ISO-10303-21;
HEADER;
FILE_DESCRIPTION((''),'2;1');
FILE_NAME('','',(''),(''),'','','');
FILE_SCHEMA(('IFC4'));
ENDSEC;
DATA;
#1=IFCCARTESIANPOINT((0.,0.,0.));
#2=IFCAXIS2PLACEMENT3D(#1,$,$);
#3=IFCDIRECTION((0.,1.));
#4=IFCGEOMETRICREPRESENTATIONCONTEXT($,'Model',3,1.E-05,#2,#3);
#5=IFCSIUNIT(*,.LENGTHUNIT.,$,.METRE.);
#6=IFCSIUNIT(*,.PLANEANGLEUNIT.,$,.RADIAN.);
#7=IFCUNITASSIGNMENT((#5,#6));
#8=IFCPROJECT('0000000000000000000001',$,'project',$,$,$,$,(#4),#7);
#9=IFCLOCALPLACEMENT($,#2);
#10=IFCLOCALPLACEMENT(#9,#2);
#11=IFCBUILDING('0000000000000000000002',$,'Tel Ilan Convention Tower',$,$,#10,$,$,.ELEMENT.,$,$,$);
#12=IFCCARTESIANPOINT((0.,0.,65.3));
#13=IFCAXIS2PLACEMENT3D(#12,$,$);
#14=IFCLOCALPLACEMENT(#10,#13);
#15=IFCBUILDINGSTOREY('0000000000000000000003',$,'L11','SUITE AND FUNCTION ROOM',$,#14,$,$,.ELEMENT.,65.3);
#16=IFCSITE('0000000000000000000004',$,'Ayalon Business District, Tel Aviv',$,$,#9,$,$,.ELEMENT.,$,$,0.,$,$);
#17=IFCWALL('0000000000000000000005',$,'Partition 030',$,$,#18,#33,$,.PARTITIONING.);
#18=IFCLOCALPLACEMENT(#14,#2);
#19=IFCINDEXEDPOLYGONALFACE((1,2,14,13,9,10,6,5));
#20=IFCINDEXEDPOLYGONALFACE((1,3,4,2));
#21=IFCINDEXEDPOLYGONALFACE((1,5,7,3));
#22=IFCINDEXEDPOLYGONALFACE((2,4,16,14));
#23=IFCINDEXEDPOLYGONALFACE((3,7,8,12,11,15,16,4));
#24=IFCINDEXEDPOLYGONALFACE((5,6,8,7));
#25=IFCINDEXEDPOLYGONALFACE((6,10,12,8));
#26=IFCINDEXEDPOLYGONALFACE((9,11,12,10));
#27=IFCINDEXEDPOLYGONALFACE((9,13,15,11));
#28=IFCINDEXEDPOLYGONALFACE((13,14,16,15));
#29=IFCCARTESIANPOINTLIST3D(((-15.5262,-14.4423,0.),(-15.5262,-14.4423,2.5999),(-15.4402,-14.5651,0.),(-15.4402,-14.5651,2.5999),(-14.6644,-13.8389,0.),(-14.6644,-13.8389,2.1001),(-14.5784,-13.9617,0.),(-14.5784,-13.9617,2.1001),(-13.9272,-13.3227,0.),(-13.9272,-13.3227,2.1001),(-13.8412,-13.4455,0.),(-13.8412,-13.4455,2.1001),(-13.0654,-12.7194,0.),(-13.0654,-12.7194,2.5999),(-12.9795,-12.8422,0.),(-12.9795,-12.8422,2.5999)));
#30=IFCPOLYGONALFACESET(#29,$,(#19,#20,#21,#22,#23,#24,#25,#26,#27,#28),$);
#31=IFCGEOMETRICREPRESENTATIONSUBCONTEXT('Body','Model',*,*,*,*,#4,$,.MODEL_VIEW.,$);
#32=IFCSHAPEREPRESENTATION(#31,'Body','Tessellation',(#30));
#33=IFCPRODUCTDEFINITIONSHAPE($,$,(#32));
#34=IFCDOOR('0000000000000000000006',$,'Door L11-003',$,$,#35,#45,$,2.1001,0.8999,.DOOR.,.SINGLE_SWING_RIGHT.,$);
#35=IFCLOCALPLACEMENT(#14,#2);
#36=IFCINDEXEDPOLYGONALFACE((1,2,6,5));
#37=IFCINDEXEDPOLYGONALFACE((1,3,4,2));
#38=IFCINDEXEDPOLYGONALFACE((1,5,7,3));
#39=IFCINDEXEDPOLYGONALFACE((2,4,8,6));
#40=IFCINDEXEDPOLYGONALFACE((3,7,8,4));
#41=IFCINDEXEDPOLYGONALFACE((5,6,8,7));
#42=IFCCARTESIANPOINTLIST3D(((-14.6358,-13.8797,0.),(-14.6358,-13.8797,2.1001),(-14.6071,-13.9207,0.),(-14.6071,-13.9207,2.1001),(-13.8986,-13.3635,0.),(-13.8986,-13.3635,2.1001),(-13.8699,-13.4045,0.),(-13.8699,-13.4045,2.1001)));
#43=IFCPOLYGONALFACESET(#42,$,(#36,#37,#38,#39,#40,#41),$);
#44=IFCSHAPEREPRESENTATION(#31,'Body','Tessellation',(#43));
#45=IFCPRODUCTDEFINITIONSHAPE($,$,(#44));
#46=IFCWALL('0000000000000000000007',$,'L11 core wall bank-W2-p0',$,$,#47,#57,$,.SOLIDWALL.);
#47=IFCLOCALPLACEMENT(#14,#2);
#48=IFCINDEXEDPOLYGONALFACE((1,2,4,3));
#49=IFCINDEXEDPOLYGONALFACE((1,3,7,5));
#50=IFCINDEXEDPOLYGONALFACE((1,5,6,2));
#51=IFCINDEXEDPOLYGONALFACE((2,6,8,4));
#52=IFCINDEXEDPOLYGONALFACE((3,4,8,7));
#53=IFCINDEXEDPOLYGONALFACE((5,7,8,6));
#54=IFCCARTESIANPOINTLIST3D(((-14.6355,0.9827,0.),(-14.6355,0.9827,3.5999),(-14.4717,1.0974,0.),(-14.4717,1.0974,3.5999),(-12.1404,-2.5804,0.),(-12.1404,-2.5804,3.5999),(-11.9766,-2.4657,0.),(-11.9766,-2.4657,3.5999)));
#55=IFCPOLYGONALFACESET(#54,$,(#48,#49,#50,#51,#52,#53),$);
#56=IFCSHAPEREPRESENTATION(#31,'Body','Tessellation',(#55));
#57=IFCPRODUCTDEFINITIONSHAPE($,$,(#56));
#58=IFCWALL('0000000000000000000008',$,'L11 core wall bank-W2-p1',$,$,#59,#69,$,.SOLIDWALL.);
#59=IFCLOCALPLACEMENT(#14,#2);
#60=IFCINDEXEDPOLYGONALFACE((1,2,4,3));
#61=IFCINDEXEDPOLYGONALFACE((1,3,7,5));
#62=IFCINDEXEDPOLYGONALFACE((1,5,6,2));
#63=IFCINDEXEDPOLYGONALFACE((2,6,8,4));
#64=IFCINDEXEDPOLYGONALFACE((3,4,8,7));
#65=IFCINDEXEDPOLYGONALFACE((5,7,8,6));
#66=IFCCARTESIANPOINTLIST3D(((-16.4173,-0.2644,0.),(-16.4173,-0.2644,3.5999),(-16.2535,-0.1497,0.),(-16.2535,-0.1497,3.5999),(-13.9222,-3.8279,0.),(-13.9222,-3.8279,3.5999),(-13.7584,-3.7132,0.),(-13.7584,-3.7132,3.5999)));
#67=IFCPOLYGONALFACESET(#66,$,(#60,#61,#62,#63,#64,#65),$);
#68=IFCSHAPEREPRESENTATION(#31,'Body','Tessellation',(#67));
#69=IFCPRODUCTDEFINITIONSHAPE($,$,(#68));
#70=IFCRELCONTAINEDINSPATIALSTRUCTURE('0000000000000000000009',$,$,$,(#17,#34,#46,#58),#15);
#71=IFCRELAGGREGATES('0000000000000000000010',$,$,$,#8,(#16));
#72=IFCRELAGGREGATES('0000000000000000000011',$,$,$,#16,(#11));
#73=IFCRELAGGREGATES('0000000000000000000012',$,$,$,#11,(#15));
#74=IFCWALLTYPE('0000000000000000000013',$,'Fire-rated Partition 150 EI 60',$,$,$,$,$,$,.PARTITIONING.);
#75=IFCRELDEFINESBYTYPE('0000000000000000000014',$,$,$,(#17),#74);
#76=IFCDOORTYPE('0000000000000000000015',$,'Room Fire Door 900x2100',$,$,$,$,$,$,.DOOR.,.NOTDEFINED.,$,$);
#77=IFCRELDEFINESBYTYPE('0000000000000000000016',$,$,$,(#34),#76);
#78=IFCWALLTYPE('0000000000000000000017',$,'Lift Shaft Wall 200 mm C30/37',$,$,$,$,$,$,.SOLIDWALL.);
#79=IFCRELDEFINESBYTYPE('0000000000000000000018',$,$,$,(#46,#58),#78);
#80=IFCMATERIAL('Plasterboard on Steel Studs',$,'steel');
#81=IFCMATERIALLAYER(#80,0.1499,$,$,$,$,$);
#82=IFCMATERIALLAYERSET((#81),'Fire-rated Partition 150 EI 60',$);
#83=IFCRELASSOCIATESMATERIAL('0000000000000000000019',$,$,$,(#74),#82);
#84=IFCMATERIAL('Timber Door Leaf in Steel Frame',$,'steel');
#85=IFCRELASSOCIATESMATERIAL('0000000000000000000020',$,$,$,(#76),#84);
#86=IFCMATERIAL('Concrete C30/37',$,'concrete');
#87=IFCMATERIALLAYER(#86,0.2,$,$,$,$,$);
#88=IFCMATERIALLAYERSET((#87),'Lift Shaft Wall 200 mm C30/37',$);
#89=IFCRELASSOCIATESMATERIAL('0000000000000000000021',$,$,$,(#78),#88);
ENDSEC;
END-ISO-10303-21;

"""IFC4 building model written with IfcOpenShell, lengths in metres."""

from ifc_helpers import new_model, si_unit, direction, frame, frame_2d, origin, place, context, subcontext, project, spatial, rectangle, extrude, material, layer, layer_set, type_object, element, fill, save


model = new_model("IFC4")

# Units and contexts
model_context = context("Model", 3, precision=1e-05, world=origin(), true_north=direction((0.0, 1.0)))
body_context = subcontext(model_context, "Body", "Model", "MODEL_VIEW")
ifc_project = project(units=[si_unit("LENGTHUNIT", "METRE"), si_unit("PLANEANGLEUNIT", "RADIAN")], contexts=[model_context])

# Site, building, storey
site_placement = place(None, origin())
site = spatial("IfcSite", under=ifc_project, at=site_placement, Name="Ayalon Business District, Tel Aviv", CompositionType="ELEMENT", RefElevation=0.0)
building_placement = place(site_placement, origin())
building = spatial("IfcBuilding", under=site, at=building_placement, Name="Tel Ilan Convention Tower", CompositionType="ELEMENT")
storey_placement = place(building_placement, frame((0.0, 0.0, 65.3)))
storey = spatial("IfcBuildingStorey", under=building, at=storey_placement, Name="L11", Description="SUITE AND FUNCTION ROOM", CompositionType="ELEMENT", Elevation=65.3)

# Shared definitions
ifc_material_1 = material(Name="Plasterboard on Steel Studs", Category="steel")
ifc_layer_1 = layer(ifc_material_1, 0.1499)
ifc_layer_set_1 = layer_set([ifc_layer_1], Name="Fire-rated Partition 150 EI 60")
wall_type_1 = type_object("IfcWallType", Name="Fire-rated Partition 150 EI 60", PredefinedType="PARTITIONING", material=ifc_layer_set_1)

# Wall, opening, door
wall_1_placement = place(storey_placement, frame((-13.0225, -12.7808, 0.0), z_axis=(0.0, 0.0, 1.0), x_axis=(-0.819167, -0.573555, 0.0)))
wall_1 = element("IfcWall", 1, at=wall_1_placement, inside=storey, type_object=wall_type_1, Name="Partition 030", PredefinedType="PARTITIONING", context=body_context, shape_type="SweptSolid", body=[
    extrude(rectangle(XDim=3.0039, YDim=0.1499, at=frame_2d((1.502, 0.0))), origin(), (0.0, 0.0, 1.0), 2.5999),
])
opening_1_placement = place(wall_1_placement, frame((1.052, 0.0, 0.0)))
opening_1 = element("IfcOpeningElement", 2, at=opening_1_placement, cuts=wall_1, PredefinedType="OPENING", context=body_context, shape_type="SweptSolid", body=[
    extrude(rectangle(XDim=0.8999, YDim=2.1001, at=frame_2d((0.45, 1.05))), frame((0.0, 0.085, 0.0), z_axis=(0.0, -1.0, 0.0), x_axis=(1.0, 0.0, 0.0)), (0.0, 0.0, 1.0), 0.1699),
])
ifc_material_2 = material(Name="Timber Door Leaf in Steel Frame", Category="steel")
door_type_1 = type_object("IfcDoorType", Name="Room Fire Door 900x2100", OperationType="NOTDEFINED", PredefinedType="DOOR", material=ifc_material_2)
door_1_placement = place(opening_1_placement, origin())
door_1 = element("IfcDoor", 3, at=door_1_placement, inside=storey, type_object=door_type_1, Name="Door L11-003", OperationType="SINGLE_SWING_RIGHT", OverallHeight=2.1001, OverallWidth=0.8999, PredefinedType="DOOR", context=body_context, shape_type="SweptSolid", body=[
    extrude(rectangle(XDim=0.8999, YDim=2.1001, at=frame_2d((0.45, 1.05))), frame((0.0, 0.0249, 0.0), z_axis=(0.0, -1.0, 0.0), x_axis=(1.0, 0.0, 0.0)), (0.0, 0.0, 1.0), 0.05),
])
fill(opening_1, door_1)

# Walls
ifc_material_3 = material(Name="Concrete C30/37", Category="concrete")
ifc_layer_2 = layer(ifc_material_3, 0.2)
ifc_layer_set_2 = layer_set([ifc_layer_2], Name="Lift Shaft Wall 200 mm C30/37")
wall_type_2 = type_object("IfcWallType", Name="Lift Shaft Wall 200 mm C30/37", PredefinedType="SOLIDWALL", material=ifc_layer_set_2)
wall_2_placement = place(storey_placement, frame((-12.0586, -2.5229, 0.0), z_axis=(0.0, 0.0, 1.0), x_axis=(-0.573594, 0.81914, 0.0)))
element("IfcWall", 4, at=wall_2_placement, inside=storey, type_object=wall_type_2, Name="L11 core wall bank-W2-p0", PredefinedType="SOLIDWALL", context=body_context, shape_type="SweptSolid", body=[
    extrude(rectangle(XDim=4.3499, YDim=0.2, at=frame_2d((2.1748, 0.0))), origin(), (0.0, 0.0, 1.0), 3.5999),
])
wall_3_placement = place(storey_placement, frame((-13.8403, -3.7705, 0.0), z_axis=(0.0, 0.0, 1.0), x_axis=(-0.573568, 0.819158, 0.0)))
element("IfcWall", 5, at=wall_3_placement, inside=storey, type_object=wall_type_2, Name="L11 core wall bank-W2-p1", PredefinedType="SOLIDWALL", context=body_context, shape_type="SweptSolid", body=[
    extrude(rectangle(XDim=4.3501, YDim=0.2, at=frame_2d((2.175, 0.0))), origin(), (0.0, 0.0, 1.0), 3.5999),
])

save(model, "model.ifc")
